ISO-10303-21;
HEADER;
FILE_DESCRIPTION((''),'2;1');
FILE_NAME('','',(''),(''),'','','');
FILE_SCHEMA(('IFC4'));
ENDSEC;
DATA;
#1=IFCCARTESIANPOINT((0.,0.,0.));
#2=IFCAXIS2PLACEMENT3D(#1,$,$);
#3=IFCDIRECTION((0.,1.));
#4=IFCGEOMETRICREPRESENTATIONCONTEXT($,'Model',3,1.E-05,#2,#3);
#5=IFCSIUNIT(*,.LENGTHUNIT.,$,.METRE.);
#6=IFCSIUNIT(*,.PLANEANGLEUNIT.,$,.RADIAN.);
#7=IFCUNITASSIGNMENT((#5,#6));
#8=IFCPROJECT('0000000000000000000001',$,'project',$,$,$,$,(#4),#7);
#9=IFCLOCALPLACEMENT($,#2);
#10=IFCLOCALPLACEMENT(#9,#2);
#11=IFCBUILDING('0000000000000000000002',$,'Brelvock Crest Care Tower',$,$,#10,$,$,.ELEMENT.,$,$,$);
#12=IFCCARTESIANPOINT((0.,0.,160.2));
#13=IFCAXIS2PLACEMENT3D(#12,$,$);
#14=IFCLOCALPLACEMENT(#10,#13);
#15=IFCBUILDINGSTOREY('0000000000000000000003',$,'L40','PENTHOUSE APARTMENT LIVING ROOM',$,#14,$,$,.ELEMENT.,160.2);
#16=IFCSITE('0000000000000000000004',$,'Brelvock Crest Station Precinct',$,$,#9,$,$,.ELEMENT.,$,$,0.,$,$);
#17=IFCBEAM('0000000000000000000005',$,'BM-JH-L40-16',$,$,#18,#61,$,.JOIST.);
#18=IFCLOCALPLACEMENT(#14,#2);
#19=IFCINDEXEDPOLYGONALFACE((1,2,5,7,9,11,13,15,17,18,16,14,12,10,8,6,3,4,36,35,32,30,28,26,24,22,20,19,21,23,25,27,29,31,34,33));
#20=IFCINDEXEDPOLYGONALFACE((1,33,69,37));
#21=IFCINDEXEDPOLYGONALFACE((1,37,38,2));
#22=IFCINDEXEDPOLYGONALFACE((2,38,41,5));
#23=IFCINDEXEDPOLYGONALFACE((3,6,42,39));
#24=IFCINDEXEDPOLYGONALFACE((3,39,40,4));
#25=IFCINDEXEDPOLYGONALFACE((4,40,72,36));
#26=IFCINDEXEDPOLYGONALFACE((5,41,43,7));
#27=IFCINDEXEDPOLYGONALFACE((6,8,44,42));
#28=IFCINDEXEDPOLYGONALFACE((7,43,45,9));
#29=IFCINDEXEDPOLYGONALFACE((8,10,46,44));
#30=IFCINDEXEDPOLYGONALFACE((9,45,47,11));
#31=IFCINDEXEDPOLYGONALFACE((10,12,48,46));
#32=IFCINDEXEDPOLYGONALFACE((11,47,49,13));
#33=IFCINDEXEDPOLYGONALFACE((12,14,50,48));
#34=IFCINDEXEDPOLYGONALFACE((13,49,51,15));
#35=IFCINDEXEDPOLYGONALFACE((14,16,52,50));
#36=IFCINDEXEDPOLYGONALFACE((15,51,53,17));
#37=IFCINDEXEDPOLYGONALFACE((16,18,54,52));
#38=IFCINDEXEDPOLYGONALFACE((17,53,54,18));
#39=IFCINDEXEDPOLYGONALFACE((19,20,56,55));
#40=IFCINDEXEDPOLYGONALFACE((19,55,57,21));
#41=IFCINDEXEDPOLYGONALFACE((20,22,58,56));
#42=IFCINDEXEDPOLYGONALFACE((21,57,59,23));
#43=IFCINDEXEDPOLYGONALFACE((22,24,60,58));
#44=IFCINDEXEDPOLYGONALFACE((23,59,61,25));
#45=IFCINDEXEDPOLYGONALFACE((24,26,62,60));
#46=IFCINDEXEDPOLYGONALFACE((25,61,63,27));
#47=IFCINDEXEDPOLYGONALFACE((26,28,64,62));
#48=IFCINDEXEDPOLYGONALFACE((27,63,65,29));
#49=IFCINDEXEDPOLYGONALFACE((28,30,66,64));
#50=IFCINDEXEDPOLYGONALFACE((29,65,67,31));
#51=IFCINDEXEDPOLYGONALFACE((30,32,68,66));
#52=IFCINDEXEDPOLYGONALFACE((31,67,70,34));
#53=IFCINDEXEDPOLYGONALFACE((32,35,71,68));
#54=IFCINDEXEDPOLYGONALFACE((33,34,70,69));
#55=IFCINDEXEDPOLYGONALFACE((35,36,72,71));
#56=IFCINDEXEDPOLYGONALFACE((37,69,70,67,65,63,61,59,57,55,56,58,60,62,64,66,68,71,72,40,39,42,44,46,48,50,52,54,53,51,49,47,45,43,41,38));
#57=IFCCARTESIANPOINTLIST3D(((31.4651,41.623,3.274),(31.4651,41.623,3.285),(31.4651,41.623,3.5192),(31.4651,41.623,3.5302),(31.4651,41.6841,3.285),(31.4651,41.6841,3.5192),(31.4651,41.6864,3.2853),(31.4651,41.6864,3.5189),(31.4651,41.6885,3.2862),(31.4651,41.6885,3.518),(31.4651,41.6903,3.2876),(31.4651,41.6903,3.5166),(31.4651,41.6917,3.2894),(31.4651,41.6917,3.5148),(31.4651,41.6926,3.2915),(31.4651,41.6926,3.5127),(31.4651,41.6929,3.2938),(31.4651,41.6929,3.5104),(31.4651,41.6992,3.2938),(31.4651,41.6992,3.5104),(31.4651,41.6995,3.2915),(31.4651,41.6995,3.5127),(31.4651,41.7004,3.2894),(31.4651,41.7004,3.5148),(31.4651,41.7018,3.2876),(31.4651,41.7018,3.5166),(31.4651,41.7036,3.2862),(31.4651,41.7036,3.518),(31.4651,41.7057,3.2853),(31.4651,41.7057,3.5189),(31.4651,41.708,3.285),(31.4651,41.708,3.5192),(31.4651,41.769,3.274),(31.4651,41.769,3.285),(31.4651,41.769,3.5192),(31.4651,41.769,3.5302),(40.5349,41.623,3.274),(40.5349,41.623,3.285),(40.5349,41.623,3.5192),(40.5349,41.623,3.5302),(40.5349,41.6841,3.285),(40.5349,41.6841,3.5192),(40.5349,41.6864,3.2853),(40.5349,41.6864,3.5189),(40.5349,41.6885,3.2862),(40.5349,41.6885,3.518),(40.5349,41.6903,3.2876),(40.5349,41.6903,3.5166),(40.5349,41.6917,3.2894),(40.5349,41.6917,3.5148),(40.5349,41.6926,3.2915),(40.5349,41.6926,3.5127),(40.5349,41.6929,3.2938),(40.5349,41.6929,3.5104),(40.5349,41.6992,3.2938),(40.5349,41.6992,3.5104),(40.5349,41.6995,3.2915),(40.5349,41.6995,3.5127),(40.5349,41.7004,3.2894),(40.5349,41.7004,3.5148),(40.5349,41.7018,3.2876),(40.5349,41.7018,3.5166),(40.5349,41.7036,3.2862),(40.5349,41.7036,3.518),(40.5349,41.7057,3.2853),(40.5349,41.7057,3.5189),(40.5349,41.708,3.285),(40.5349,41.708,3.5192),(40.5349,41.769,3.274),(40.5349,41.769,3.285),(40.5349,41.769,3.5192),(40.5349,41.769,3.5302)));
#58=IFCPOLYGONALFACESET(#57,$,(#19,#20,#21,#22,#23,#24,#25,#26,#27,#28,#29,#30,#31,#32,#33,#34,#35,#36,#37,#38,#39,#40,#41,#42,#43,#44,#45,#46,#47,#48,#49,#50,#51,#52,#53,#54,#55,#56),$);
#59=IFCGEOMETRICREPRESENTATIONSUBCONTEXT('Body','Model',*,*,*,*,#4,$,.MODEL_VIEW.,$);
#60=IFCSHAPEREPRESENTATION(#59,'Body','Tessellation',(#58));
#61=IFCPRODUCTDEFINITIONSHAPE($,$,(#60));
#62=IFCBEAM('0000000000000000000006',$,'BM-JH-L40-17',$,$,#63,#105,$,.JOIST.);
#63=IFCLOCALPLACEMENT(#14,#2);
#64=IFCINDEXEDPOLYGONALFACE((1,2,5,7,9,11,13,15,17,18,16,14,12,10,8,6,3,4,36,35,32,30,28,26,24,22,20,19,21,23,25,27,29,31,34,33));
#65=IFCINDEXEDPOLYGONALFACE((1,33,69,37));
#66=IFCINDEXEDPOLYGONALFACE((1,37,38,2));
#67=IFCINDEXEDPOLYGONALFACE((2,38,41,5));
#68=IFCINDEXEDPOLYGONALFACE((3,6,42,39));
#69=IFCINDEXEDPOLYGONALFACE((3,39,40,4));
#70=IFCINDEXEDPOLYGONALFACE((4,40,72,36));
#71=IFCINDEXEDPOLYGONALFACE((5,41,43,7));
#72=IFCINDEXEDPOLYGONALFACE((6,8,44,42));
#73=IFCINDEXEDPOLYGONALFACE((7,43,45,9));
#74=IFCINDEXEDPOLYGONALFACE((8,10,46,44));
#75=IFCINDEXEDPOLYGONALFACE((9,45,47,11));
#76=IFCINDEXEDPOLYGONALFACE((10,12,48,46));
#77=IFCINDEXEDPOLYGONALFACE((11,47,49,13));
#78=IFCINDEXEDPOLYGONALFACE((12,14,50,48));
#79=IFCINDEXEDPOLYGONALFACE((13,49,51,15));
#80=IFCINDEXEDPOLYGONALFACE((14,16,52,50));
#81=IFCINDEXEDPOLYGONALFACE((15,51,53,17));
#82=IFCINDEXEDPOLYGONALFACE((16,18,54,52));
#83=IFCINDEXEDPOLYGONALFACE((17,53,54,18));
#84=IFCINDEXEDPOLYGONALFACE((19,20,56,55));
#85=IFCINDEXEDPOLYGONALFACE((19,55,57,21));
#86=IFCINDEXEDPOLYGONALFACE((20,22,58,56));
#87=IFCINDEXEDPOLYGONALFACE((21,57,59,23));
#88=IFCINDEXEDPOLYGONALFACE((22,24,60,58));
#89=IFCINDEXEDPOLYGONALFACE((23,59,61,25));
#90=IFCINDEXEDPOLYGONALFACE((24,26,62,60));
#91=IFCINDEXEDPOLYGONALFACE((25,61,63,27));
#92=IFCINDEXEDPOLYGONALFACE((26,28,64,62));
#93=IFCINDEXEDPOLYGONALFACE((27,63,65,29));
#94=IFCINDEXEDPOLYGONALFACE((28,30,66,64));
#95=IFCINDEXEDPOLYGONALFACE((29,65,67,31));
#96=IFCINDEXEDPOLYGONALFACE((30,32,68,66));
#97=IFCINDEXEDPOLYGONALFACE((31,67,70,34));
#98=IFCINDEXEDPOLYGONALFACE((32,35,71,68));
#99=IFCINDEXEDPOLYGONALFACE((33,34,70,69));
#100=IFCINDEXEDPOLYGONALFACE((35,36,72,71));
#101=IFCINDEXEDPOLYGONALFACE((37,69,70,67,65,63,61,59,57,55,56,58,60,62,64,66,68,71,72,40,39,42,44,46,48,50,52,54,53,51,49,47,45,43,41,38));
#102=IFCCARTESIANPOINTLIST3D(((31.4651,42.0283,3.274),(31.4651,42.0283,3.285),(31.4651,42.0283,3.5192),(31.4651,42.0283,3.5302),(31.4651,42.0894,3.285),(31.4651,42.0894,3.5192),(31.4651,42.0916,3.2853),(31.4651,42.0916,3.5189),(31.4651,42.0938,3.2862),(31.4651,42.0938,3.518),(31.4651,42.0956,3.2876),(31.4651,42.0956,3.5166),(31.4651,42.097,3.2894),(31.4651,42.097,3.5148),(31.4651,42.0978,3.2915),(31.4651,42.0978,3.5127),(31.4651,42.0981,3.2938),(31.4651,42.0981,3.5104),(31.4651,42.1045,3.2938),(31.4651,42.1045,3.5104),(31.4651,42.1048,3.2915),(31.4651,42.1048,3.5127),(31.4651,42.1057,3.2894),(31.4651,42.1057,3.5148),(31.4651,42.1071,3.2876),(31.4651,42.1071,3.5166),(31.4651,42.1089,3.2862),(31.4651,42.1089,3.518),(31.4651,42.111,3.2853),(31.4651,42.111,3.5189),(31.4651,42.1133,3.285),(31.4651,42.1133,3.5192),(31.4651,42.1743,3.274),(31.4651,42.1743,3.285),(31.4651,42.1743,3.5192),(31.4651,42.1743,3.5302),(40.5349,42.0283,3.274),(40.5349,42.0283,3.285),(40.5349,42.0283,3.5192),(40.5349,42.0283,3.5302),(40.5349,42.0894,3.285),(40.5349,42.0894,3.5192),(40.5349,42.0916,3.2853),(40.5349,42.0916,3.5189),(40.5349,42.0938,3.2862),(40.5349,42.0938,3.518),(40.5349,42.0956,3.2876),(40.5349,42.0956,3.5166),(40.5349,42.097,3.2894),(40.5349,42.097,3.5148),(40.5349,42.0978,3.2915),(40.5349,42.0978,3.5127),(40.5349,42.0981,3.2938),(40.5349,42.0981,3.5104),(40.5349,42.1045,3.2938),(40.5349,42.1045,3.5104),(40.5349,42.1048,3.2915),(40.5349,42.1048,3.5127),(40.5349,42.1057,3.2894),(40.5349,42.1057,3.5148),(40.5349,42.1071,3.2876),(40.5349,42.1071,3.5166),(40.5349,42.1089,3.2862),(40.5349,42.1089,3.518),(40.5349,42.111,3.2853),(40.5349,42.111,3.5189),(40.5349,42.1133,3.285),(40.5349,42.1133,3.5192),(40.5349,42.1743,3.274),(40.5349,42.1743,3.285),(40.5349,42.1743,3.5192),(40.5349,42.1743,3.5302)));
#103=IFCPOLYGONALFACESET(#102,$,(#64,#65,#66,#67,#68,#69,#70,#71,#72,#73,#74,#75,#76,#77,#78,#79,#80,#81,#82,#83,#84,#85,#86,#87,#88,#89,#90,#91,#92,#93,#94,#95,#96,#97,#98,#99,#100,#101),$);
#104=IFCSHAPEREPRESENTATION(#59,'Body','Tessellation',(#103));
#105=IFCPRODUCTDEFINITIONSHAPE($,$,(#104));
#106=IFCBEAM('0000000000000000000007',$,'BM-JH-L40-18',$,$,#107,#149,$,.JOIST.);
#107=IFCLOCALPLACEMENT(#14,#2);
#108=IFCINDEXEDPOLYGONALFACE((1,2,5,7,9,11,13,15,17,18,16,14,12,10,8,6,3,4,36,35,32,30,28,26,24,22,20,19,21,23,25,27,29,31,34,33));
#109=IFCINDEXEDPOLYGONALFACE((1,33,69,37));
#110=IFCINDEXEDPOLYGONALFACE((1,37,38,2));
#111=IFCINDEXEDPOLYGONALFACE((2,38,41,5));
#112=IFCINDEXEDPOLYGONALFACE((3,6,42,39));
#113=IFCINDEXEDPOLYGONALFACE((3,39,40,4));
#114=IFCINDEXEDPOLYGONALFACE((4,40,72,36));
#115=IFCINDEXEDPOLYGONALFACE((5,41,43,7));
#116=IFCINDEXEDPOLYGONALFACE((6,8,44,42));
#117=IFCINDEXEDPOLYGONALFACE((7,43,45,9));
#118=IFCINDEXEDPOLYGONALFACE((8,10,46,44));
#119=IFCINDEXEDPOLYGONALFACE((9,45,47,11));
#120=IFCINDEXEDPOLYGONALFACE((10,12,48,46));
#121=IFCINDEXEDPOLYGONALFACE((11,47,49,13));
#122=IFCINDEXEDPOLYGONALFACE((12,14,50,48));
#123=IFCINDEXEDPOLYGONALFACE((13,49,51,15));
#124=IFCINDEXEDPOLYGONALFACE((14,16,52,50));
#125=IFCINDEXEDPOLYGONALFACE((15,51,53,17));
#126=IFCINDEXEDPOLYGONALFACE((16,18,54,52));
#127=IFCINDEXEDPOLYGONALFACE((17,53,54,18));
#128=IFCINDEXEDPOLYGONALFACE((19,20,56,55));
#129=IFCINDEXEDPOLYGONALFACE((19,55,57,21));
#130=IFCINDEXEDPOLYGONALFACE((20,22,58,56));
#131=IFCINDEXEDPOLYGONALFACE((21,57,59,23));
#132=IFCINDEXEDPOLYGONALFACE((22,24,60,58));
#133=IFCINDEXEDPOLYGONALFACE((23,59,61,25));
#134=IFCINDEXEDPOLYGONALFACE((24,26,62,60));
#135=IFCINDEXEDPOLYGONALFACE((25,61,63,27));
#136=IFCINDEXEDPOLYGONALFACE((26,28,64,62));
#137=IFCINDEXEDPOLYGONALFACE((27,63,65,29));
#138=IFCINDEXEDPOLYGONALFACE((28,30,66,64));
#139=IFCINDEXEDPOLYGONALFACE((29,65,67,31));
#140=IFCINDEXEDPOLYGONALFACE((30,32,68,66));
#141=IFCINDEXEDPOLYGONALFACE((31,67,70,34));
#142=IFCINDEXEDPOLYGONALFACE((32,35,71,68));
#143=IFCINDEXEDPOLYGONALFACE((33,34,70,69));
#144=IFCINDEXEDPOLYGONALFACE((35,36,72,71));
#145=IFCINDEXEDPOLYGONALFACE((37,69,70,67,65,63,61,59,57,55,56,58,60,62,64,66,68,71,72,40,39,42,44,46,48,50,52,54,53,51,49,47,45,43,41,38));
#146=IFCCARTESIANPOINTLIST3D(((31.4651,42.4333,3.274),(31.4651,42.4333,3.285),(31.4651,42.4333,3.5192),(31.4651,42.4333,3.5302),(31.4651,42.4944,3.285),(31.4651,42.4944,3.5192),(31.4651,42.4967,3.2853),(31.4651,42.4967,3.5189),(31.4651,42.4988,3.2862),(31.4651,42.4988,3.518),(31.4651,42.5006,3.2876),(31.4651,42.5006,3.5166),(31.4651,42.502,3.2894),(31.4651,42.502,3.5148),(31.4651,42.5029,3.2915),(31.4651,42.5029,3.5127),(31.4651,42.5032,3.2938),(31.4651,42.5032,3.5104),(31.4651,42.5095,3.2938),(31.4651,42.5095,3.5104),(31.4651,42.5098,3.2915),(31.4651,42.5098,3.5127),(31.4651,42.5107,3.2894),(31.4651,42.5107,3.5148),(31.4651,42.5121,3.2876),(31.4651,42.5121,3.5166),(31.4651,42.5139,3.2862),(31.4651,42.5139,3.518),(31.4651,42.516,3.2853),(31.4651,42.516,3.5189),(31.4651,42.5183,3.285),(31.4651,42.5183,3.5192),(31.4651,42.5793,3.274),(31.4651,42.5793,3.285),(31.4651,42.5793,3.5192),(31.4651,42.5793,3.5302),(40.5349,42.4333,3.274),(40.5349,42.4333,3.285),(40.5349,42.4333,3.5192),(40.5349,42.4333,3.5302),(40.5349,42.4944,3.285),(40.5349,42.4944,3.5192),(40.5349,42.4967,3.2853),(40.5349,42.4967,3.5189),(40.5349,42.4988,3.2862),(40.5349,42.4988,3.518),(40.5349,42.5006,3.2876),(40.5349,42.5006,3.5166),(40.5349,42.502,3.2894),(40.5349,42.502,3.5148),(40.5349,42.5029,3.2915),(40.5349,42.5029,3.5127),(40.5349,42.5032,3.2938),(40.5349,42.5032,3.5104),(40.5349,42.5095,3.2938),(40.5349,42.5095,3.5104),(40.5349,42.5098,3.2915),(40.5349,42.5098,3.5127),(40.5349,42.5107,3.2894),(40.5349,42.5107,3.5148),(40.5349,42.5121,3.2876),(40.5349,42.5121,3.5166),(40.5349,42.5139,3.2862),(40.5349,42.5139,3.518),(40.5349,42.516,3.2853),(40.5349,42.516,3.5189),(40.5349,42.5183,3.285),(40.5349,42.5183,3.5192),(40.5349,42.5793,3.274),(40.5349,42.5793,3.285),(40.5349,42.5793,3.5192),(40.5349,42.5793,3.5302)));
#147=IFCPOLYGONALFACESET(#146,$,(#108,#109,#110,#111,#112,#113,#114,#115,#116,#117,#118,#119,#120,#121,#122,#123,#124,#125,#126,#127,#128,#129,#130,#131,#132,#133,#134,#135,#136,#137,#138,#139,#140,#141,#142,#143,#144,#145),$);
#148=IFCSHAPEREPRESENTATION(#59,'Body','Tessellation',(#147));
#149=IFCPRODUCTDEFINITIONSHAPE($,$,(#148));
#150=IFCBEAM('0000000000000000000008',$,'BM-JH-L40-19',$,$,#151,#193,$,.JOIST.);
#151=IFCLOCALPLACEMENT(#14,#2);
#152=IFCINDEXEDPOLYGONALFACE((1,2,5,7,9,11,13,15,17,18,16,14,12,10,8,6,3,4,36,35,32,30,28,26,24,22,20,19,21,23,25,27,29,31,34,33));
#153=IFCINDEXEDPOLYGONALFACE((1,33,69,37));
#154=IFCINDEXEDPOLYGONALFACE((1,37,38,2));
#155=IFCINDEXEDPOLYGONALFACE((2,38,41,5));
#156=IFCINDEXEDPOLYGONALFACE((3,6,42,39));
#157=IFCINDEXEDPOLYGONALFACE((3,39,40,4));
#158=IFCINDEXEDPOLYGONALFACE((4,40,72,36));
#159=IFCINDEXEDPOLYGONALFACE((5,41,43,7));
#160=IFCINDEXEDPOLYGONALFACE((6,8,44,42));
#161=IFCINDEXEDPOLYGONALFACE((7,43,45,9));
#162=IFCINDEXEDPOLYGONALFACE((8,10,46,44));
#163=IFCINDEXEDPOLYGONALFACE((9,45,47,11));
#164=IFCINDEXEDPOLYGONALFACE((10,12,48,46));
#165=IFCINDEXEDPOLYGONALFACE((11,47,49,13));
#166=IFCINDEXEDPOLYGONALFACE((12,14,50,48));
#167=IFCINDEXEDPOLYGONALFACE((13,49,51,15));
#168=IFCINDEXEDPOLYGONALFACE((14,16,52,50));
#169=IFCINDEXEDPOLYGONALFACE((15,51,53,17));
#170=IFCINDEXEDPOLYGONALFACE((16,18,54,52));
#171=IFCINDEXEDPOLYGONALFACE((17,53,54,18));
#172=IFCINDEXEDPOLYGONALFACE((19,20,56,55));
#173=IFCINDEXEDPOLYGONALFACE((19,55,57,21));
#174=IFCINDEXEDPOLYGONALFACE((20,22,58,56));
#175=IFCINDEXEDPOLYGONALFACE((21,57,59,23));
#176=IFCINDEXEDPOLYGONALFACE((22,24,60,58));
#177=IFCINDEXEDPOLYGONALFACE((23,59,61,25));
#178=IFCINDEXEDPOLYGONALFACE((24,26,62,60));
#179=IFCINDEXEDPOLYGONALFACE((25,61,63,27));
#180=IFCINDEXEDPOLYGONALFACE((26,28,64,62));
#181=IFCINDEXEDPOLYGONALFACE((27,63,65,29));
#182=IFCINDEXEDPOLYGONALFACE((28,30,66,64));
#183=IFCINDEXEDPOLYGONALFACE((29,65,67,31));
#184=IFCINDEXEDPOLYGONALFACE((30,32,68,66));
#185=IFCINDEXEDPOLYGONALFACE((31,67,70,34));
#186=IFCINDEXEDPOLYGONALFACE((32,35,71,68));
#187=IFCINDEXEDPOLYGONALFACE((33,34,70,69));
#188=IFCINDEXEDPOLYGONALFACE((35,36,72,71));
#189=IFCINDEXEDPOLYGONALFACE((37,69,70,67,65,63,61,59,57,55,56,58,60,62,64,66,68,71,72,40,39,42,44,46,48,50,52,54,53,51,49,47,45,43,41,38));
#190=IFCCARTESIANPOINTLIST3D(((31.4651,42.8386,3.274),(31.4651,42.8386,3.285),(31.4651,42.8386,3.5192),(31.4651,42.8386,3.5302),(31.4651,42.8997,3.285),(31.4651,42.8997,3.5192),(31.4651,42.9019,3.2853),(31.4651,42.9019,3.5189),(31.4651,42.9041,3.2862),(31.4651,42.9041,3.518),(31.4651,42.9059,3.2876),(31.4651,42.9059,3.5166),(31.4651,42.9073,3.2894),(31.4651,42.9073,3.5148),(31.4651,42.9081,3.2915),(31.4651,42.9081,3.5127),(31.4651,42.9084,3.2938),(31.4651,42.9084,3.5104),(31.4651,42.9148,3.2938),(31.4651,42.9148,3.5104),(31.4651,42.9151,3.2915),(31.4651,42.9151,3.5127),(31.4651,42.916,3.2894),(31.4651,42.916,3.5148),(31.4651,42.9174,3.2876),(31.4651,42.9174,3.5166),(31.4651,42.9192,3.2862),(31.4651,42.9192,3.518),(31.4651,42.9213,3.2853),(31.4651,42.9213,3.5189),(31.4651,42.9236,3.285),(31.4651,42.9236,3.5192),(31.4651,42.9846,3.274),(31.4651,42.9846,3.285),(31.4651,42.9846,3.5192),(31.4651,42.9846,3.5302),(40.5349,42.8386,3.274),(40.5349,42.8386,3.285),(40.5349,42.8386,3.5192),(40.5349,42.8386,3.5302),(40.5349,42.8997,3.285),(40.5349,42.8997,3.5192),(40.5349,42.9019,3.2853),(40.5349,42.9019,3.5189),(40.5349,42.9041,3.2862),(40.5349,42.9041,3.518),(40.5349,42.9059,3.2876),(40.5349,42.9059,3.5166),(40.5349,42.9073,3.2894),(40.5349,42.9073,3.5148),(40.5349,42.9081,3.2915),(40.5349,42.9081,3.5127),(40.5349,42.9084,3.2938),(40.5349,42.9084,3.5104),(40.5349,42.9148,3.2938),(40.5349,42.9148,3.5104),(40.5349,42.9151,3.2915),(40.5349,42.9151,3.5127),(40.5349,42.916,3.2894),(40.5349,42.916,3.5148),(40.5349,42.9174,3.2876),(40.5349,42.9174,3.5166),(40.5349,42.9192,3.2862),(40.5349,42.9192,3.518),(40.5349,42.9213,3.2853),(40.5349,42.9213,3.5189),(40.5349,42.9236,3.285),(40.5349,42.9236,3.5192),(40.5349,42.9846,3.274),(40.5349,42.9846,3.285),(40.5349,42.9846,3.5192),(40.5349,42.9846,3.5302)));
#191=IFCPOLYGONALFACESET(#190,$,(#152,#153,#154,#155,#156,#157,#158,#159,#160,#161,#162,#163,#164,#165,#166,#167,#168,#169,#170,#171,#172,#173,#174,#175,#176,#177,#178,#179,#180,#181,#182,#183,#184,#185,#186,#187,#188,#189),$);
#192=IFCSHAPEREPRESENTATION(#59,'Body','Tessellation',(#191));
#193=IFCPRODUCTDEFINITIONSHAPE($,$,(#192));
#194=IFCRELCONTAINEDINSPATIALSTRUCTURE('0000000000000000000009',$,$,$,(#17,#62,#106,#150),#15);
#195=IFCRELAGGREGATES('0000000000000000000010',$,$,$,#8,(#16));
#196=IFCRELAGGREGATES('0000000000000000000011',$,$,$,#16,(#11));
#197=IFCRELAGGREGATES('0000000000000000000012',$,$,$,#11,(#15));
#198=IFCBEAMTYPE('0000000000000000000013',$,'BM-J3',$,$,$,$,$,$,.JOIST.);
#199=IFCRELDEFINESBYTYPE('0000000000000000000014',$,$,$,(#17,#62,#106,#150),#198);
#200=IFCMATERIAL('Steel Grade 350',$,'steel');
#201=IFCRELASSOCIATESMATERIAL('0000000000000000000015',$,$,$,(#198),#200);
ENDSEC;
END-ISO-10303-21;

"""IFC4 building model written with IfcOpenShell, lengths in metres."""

from ifc_helpers import new_model, si_unit, direction, frame, origin, origin_2d, place, context, subcontext, project, spatial, i_section, extrude, source, transform, mapped, material, material_profile, profile_set, type_object, element, save


model = new_model("IFC4")

# Units and contexts
model_context = context("Model", 3, precision=1e-05, world=origin(), true_north=direction((0.0, 1.0)))
body_context = subcontext(model_context, "Body", "Model", "MODEL_VIEW")
ifc_project = project(units=[si_unit("LENGTHUNIT", "METRE"), si_unit("PLANEANGLEUNIT", "RADIAN")], contexts=[model_context])

# Site, building, storey
site_placement = place(None, origin())
site = spatial("IfcSite", under=ifc_project, at=site_placement, Name="Brelvock Crest Station Precinct", CompositionType="ELEMENT", RefElevation=0.0)
building_placement = place(site_placement, origin())
building = spatial("IfcBuilding", under=site, at=building_placement, Name="Brelvock Crest Care Tower", CompositionType="ELEMENT")
storey_placement = place(building_placement, frame((0.0, 0.0, 160.2)))
storey = spatial("IfcBuildingStorey", under=building, at=storey_placement, Name="L40", Description="PENTHOUSE APARTMENT LIVING ROOM", CompositionType="ELEMENT", Elevation=160.2)

# Beams
ifc_material = material(Name="Steel Grade 350", Category="steel")
ifc_material_profile = material_profile(ifc_material, i_section(OverallWidth=0.146, OverallDepth=0.2561, WebThickness=0.0063, FlangeThickness=0.011, FilletRadius=0.0088, at=origin_2d()), Name="250UB37.3")
ifc_profile_set = profile_set([ifc_material_profile], Name="Steel Grade 350")
beam_type = type_object("IfcBeamType", Name="BM-J3", PredefinedType="JOIST", material=ifc_profile_set)
shared_shape = source(origin(), body_context, "Body", "SweptSolid", [
    extrude(i_section(OverallWidth=0.146, OverallDepth=0.2561, WebThickness=0.0063, FlangeThickness=0.011, FilletRadius=0.0088, at=origin_2d()), origin(), (0.0, 0.0, 1.0), 9.0698),
])
for number, where, z_axis, x_axis, name in (
    (1, (31.4651, 41.696, 3.4021), (1.0, 0.0, 0.0), (0.0, 1.0, 0.0), "BM-JH-L40-16"),
    (2, (31.4651, 42.1013, 3.4021), (1.0, 0.0, 0.0), (0.0, 1.0, 0.0), "BM-JH-L40-17"),
    (3, (31.4651, 42.5063, 3.4021), (1.0, 0.0, 0.0), (0.0, 1.0, 0.0), "BM-JH-L40-18"),
    (4, (31.4651, 42.9116, 3.4021), (1.0, 0.0, 0.0), (0.0, 1.0, 0.0), "BM-JH-L40-19"),
):
    element("IfcBeam", number, at=place(storey_placement, frame(where, z_axis=z_axis, x_axis=x_axis)), inside=storey, type_object=beam_type, Name=name, PredefinedType="JOIST", context=body_context, shape_type="MappedRepresentation", body=[
        mapped(shared_shape, transform((0.0, 0.0, 0.0), x_axis=(1.0, 0.0, 0.0), y_axis=(0.0, 1.0, 0.0), z_axis=(0.0, 0.0, 1.0), scale=1.0)),
    ])

save(model, "model.ifc")
